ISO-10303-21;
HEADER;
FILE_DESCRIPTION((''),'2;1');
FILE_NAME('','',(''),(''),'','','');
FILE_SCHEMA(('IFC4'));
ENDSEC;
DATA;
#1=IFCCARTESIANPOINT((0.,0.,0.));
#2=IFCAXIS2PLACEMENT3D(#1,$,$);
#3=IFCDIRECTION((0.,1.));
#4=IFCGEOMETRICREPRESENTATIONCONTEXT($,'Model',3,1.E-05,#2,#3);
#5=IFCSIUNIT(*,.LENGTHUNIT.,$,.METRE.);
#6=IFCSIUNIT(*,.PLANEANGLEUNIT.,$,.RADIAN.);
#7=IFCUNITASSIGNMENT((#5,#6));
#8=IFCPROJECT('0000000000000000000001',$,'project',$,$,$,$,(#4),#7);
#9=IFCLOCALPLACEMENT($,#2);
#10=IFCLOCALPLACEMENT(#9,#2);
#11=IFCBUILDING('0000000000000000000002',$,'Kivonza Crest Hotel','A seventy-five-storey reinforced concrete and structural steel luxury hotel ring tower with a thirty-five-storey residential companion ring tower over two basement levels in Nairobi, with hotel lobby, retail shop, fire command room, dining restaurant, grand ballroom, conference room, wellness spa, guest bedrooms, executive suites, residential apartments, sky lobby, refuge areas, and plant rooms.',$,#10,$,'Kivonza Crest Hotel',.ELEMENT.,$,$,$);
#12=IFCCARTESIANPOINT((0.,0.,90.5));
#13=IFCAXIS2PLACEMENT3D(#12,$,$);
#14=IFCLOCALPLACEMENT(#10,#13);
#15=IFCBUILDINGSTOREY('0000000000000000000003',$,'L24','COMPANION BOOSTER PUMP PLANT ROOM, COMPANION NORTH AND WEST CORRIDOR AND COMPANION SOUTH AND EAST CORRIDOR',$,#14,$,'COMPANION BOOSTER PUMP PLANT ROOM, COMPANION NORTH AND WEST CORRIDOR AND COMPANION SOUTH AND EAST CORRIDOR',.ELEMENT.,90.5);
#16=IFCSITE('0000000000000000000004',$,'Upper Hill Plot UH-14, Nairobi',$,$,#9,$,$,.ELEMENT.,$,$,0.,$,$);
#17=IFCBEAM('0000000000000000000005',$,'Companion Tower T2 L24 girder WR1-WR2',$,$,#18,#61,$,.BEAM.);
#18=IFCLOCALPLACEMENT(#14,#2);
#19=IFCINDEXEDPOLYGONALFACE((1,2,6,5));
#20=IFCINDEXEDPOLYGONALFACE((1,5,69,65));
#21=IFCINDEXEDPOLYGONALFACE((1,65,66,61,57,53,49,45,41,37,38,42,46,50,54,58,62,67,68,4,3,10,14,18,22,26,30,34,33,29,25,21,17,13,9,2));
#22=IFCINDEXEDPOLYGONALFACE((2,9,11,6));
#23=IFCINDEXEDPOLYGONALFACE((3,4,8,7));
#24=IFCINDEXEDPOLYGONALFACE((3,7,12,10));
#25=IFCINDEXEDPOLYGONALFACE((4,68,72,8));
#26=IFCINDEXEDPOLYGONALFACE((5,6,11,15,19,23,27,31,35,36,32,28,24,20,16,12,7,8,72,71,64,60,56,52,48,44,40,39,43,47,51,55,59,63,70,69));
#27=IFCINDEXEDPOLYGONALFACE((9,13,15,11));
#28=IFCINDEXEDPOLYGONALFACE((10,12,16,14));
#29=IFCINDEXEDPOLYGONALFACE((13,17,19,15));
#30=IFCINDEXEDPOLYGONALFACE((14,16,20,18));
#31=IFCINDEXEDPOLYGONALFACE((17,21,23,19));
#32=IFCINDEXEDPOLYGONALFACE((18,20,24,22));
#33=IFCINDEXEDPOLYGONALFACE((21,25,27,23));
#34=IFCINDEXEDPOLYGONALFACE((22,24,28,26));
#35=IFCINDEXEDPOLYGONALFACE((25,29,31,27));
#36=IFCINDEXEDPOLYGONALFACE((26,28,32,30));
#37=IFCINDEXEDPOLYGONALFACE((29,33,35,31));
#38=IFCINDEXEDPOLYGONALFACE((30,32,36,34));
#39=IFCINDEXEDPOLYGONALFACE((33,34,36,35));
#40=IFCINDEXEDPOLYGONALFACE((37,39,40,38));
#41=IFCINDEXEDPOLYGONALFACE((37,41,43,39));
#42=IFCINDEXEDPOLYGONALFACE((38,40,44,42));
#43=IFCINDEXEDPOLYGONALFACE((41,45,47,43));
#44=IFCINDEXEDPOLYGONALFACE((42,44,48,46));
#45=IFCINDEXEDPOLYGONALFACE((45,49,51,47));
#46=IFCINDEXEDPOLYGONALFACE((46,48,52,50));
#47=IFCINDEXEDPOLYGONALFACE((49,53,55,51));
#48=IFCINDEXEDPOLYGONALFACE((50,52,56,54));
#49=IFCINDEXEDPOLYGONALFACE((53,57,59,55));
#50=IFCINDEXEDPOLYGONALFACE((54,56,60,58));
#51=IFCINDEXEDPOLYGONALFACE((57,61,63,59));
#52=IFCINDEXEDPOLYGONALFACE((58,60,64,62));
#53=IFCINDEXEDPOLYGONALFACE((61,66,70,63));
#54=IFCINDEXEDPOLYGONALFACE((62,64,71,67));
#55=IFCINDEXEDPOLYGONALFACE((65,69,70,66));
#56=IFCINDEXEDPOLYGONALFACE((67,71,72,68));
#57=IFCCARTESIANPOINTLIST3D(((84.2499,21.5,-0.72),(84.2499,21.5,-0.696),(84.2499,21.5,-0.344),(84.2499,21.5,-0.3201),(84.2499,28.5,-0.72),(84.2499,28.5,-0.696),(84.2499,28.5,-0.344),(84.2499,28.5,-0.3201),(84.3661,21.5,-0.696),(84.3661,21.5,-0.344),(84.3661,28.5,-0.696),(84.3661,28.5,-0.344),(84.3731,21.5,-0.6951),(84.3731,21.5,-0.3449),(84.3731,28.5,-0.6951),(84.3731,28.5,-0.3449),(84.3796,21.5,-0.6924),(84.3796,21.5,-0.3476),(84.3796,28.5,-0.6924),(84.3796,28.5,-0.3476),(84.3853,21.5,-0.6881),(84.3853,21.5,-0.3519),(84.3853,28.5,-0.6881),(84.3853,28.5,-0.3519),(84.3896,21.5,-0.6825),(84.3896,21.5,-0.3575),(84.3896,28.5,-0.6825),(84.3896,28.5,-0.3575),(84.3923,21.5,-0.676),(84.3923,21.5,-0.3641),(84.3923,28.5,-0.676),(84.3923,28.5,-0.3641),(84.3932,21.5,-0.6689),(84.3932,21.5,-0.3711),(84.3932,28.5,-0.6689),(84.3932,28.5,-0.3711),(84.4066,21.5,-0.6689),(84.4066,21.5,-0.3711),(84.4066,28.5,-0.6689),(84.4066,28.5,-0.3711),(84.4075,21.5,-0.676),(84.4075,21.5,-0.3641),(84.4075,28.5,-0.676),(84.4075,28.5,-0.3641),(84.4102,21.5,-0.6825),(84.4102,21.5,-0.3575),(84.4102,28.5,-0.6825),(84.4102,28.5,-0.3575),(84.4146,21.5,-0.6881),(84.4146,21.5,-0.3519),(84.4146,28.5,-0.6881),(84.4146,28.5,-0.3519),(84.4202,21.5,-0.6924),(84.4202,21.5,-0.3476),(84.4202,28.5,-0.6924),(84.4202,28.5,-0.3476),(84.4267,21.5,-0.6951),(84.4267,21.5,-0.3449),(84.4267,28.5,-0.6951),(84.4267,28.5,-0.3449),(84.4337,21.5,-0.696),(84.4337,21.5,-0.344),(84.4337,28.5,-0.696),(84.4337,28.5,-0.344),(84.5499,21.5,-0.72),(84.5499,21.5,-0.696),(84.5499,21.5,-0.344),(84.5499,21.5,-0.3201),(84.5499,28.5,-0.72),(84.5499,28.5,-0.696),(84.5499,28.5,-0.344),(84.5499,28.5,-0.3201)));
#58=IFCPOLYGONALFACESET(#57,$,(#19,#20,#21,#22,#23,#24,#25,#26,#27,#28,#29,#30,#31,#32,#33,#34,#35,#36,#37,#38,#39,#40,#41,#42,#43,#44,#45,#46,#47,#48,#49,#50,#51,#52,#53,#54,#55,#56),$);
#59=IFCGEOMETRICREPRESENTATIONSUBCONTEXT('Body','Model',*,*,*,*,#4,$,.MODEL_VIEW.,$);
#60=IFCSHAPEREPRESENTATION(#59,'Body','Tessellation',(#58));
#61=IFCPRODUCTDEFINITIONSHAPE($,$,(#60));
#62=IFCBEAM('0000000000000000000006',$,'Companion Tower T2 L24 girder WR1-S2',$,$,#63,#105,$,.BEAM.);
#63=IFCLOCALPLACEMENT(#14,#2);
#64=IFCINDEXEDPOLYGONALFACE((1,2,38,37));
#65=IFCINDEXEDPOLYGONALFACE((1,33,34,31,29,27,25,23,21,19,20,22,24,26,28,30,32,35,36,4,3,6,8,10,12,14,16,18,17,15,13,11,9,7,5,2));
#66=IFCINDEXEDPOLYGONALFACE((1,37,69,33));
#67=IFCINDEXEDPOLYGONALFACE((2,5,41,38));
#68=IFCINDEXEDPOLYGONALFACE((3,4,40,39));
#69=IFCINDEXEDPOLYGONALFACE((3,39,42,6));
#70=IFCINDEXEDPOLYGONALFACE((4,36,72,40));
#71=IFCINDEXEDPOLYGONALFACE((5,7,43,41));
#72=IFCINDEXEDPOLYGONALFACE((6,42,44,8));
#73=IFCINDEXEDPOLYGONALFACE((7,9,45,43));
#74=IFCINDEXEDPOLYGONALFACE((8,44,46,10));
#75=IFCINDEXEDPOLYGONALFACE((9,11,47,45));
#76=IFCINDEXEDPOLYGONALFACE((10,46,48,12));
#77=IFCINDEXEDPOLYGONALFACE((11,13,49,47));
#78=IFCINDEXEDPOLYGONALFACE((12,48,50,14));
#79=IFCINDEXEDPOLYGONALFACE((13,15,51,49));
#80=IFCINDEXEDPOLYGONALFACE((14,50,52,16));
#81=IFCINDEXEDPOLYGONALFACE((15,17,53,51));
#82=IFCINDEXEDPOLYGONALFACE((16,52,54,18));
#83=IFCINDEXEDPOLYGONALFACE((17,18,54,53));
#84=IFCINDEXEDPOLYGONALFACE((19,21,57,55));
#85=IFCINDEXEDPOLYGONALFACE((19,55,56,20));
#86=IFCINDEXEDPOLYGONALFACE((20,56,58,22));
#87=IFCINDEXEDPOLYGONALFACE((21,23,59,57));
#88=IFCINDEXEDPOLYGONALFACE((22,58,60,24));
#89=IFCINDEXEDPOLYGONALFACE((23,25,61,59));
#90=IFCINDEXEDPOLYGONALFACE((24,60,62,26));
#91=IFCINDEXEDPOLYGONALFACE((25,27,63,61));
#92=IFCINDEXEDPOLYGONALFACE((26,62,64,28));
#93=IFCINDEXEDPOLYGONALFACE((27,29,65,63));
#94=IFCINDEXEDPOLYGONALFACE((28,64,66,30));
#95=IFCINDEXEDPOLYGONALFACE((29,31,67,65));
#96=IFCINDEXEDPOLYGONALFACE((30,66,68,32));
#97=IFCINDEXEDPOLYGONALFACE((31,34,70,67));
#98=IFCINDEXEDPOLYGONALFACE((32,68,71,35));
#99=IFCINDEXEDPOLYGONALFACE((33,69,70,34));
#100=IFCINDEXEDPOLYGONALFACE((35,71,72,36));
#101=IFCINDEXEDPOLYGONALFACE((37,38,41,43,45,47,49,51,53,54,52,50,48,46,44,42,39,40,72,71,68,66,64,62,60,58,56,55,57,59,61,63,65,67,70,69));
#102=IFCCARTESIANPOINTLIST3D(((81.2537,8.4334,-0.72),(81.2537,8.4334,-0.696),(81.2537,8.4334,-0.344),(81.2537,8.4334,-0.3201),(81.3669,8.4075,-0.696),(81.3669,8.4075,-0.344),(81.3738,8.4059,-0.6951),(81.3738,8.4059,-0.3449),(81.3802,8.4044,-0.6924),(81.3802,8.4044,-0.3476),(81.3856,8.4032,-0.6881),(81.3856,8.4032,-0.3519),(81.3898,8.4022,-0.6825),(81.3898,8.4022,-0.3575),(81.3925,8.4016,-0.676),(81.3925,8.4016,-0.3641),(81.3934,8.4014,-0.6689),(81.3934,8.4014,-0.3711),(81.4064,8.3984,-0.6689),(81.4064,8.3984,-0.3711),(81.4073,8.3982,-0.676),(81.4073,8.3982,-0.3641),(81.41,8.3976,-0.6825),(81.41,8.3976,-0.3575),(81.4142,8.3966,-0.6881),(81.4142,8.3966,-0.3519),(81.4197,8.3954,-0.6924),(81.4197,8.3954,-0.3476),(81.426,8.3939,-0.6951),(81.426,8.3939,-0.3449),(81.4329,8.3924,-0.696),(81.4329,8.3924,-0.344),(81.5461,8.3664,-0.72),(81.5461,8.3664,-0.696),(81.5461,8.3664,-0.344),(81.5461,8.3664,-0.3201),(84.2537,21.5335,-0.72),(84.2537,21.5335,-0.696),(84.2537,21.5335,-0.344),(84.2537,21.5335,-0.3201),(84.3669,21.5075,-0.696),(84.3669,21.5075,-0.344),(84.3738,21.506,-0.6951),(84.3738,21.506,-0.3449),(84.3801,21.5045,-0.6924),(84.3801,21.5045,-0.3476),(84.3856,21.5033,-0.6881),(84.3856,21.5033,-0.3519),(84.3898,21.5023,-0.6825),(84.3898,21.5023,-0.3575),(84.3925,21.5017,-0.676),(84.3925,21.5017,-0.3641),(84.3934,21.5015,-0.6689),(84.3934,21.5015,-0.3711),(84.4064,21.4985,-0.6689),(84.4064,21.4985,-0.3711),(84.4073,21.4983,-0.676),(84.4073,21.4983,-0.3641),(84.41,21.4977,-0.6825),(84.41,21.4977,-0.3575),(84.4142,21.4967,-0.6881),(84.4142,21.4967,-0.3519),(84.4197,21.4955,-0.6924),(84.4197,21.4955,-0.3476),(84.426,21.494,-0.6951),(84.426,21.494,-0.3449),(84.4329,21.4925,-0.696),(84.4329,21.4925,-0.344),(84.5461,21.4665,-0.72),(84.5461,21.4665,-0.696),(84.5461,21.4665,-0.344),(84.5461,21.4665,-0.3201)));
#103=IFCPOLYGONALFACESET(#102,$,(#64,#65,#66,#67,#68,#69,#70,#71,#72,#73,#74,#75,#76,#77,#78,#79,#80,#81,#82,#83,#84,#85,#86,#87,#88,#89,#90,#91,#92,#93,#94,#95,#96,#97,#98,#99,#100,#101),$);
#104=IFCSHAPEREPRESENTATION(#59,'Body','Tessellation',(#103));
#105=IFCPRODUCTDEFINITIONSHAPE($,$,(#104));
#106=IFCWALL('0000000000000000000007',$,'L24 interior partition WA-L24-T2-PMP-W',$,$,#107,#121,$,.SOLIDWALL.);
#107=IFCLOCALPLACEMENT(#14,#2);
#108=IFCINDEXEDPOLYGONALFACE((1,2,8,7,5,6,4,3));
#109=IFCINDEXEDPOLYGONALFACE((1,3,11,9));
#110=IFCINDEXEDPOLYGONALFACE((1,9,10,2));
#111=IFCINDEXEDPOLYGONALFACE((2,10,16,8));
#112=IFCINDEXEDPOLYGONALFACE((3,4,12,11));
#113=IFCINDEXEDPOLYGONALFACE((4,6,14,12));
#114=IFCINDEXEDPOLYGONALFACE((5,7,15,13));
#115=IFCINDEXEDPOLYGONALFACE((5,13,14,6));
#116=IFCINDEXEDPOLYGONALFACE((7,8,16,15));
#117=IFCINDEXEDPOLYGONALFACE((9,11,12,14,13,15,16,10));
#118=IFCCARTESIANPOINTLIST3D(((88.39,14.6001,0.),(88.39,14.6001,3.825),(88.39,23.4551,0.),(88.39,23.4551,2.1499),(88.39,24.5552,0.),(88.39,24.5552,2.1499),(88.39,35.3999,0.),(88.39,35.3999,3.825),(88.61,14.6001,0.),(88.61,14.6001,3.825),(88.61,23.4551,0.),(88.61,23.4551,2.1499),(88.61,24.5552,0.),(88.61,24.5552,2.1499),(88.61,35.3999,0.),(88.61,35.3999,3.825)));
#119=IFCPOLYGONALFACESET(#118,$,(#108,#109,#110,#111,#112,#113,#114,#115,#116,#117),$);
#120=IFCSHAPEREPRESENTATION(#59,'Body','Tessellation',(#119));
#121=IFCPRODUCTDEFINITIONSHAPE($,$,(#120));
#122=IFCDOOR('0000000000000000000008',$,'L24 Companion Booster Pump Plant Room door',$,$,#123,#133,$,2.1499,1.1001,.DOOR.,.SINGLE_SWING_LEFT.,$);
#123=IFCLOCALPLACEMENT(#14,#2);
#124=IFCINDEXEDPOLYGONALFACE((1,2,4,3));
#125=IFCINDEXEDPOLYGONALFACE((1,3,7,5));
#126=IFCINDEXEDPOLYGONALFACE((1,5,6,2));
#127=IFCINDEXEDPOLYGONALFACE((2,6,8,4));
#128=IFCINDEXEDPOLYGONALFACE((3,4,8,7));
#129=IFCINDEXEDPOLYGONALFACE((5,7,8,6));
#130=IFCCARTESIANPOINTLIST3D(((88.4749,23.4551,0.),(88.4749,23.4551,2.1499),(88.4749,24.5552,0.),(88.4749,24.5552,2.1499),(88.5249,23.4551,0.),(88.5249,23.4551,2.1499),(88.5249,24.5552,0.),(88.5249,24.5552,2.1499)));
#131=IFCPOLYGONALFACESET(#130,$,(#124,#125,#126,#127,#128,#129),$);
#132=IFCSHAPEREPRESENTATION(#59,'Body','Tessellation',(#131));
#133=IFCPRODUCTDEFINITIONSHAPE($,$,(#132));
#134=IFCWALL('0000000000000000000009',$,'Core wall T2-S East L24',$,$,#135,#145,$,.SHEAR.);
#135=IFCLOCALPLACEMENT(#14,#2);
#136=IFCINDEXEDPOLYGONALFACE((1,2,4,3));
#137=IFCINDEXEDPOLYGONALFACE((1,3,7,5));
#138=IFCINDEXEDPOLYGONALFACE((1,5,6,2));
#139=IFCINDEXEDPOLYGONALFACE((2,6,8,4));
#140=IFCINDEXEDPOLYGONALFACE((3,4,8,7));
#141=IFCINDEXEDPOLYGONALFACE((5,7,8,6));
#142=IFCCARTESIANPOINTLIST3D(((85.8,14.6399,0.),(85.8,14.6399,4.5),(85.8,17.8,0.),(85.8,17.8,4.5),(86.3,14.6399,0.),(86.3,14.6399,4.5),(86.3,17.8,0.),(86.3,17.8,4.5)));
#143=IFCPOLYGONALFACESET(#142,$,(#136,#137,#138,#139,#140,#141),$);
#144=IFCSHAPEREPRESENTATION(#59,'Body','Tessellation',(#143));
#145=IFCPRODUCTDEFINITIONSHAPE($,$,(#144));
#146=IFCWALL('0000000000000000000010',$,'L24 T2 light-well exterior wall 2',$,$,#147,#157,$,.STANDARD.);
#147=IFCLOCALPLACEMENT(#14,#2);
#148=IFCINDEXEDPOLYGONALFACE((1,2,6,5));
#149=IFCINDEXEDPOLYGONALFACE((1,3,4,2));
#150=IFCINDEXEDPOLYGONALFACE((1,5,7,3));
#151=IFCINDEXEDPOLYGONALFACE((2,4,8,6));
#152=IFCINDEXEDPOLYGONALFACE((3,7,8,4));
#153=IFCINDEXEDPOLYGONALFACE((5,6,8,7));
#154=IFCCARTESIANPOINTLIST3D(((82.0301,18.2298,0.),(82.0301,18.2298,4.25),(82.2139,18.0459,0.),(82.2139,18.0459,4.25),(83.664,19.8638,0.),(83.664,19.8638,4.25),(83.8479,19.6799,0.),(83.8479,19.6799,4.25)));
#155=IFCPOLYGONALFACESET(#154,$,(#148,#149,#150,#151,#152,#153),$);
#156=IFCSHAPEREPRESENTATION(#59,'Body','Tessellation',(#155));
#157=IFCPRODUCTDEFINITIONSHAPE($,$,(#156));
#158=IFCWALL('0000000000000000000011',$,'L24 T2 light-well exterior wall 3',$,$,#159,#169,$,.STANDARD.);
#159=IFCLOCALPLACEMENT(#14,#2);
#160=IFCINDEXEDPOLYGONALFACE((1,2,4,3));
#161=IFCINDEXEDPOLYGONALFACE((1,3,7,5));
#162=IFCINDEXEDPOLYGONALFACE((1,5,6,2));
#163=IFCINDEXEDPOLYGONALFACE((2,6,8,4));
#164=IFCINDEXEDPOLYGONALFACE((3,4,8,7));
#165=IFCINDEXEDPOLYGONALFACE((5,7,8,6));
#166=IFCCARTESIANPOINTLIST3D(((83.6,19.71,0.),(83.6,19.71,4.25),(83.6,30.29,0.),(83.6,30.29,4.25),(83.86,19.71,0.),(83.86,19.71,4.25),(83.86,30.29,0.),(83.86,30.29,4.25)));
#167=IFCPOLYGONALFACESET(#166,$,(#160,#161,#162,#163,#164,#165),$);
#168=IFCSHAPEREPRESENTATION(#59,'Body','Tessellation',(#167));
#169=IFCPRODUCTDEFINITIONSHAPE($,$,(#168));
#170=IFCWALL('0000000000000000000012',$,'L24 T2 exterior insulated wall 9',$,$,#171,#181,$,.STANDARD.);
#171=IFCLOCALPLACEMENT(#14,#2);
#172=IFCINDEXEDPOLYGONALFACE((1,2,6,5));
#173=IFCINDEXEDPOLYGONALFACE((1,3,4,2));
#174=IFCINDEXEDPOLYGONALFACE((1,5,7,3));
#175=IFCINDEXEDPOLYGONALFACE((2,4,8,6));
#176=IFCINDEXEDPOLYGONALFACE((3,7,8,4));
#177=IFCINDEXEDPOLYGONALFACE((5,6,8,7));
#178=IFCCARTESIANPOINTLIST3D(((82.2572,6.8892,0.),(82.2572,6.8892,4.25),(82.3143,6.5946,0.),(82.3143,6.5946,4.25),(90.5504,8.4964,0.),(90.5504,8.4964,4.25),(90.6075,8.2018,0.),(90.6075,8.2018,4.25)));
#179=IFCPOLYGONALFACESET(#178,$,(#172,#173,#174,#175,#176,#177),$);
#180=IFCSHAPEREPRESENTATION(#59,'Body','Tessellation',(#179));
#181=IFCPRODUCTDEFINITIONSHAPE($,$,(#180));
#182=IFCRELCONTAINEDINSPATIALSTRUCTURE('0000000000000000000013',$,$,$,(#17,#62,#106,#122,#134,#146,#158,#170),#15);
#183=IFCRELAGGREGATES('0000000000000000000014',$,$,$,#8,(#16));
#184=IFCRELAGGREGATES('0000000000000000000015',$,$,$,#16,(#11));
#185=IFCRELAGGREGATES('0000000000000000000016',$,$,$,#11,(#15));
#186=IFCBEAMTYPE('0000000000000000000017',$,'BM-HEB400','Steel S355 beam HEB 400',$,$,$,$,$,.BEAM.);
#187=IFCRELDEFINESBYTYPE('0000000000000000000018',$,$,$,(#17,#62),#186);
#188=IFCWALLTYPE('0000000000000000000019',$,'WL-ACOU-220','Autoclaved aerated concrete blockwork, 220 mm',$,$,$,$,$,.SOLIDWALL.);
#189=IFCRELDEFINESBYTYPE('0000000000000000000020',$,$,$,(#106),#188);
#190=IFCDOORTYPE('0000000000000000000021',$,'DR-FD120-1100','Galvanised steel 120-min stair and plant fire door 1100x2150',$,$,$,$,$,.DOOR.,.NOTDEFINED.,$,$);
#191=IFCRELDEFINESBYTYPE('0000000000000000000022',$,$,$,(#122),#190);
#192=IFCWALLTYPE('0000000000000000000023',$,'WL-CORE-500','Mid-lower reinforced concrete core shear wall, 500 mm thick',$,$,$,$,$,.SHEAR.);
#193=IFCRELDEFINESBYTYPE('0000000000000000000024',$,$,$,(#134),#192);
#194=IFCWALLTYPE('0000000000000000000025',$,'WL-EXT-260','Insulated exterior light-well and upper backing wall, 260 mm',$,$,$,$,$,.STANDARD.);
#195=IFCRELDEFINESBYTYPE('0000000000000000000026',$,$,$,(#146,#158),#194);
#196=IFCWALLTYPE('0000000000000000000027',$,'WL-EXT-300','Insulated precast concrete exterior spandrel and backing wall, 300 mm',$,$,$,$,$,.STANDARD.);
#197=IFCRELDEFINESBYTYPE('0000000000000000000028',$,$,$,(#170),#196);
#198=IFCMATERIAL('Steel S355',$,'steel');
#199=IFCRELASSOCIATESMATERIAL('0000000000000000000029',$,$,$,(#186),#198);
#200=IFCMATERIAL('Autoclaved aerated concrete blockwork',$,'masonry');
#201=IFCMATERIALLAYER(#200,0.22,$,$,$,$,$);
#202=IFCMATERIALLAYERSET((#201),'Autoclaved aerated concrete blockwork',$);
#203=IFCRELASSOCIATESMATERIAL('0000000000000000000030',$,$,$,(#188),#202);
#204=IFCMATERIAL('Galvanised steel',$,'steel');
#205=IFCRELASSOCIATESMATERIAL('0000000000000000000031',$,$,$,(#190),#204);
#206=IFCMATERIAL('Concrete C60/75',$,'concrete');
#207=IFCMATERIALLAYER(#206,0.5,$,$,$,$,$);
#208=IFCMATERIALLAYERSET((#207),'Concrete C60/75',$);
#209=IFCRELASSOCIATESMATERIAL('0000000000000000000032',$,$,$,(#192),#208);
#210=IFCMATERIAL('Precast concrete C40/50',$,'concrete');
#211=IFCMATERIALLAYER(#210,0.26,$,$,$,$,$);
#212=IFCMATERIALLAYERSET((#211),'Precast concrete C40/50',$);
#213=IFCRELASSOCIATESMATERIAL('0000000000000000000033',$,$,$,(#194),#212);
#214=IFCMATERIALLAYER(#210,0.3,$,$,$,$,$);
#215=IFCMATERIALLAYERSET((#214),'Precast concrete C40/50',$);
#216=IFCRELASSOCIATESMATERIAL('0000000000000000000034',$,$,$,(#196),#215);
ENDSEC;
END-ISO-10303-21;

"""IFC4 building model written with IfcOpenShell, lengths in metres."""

from ifc_helpers import new_model, si_unit, direction, frame, frame_2d, origin, origin_2d, place, context, subcontext, project, spatial, rectangle, i_section, extrude, material, layer, layer_set, material_profile, profile_set, type_object, element, fill, save


model = new_model("IFC4")

# Units and contexts
model_context = context("Model", 3, precision=1e-05, world=origin(), true_north=direction((0.0, 1.0)))
body_context = subcontext(model_context, "Body", "Model", "MODEL_VIEW")
ifc_project = project(units=[si_unit("LENGTHUNIT", "METRE"), si_unit("PLANEANGLEUNIT", "RADIAN")], contexts=[model_context])

# Site, building, storey
site_placement = place(None, origin())
site = spatial("IfcSite", under=ifc_project, at=site_placement, Name="Upper Hill Plot UH-14, Nairobi", CompositionType="ELEMENT", RefElevation=0.0)
building_placement = place(site_placement, origin())
building = spatial("IfcBuilding", under=site, at=building_placement, Name="Kivonza Crest Hotel", Description="A seventy-five-storey reinforced concrete and structural steel luxury hotel ring tower with a thirty-five-storey residential companion ring tower over two basement levels in Nairobi, with hotel lobby, retail shop, fire command room, dining restaurant, grand ballroom, conference room, wellness spa, guest bedrooms, executive suites, residential apartments, sky lobby, refuge areas, and plant rooms.", LongName="Kivonza Crest Hotel", CompositionType="ELEMENT")
storey_placement = place(building_placement, frame((0.0, 0.0, 90.5)))
storey = spatial("IfcBuildingStorey", under=building, at=storey_placement, Name="L24", Description="COMPANION BOOSTER PUMP PLANT ROOM, COMPANION NORTH AND WEST CORRIDOR AND COMPANION SOUTH AND EAST CORRIDOR", LongName="COMPANION BOOSTER PUMP PLANT ROOM, COMPANION NORTH AND WEST CORRIDOR AND COMPANION SOUTH AND EAST CORRIDOR", CompositionType="ELEMENT", Elevation=90.5)

# Shared definitions
ifc_material_1 = material(Name="Steel S355", Category="steel")

# Beams
ifc_material_profile_1 = material_profile(ifc_material_1, i_section(OverallWidth=0.3, OverallDepth=0.3999, WebThickness=0.0134, FlangeThickness=0.0239, FilletRadius=0.0271, at=origin_2d()), Name="HEB 400")
ifc_profile_set_1 = profile_set([ifc_material_profile_1], Name="Steel S355")
beam_type_1 = type_object("IfcBeamType", Name="BM-HEB400", Description="Steel S355 beam HEB 400", PredefinedType="BEAM", material=ifc_profile_set_1)
beam_1_placement = place(storey_placement, frame((84.3999, 21.5, -0.52), z_axis=(0.0, 1.0, 0.0), x_axis=(-1.0, 0.0, 0.0)))
element("IfcBeam", 1, at=beam_1_placement, inside=storey, type_object=beam_type_1, Name="Companion Tower T2 L24 girder WR1-WR2", PredefinedType="BEAM", context=body_context, shape_type="SweptSolid", body=[
    extrude(i_section(OverallWidth=0.3, OverallDepth=0.3999, WebThickness=0.0134, FlangeThickness=0.0239, FilletRadius=0.0271, at=origin_2d()), origin(), (0.0, 0.0, 1.0), 7.0),
])
beam_2_placement = place(storey_placement, frame((84.3999, 21.5, -0.52), z_axis=(-0.223227, -0.974766, 0.0), x_axis=(0.974766, -0.223227, 0.0)))
element("IfcBeam", 2, at=beam_2_placement, inside=storey, type_object=beam_type_1, Name="Companion Tower T2 L24 girder WR1-S2", PredefinedType="BEAM", context=body_context, shape_type="SweptSolid", body=[
    extrude(i_section(OverallWidth=0.3, OverallDepth=0.3999, WebThickness=0.0134, FlangeThickness=0.0239, FilletRadius=0.0271, at=origin_2d()), origin(), (0.0, 0.0, 1.0), 13.4392),
])

# Wall, opening, door
ifc_material_2 = material(Name="Autoclaved aerated concrete blockwork", Category="masonry")
ifc_layer_1 = layer(ifc_material_2, 0.22)
ifc_layer_set_1 = layer_set([ifc_layer_1], Name="Autoclaved aerated concrete blockwork")
wall_type_1 = type_object("IfcWallType", Name="WL-ACOU-220", Description="Autoclaved aerated concrete blockwork, 220 mm", PredefinedType="SOLIDWALL", material=ifc_layer_set_1)
wall_1_placement = place(storey_placement, frame((88.5, 14.6001, 0.0), z_axis=(0.0, 0.0, 1.0), x_axis=(0.0, 1.0, 0.0)))
wall_1 = element("IfcWall", 3, at=wall_1_placement, inside=storey, type_object=wall_type_1, Name="L24 interior partition WA-L24-T2-PMP-W", PredefinedType="SOLIDWALL", context=body_context, shape_type="SweptSolid", body=[
    extrude(rectangle(XDim=20.7998, YDim=0.22, at=frame_2d((10.3999, 0.0))), origin(), (0.0, 0.0, 1.0), 3.825),
])
opening_placement = place(wall_1_placement, frame((8.855, 0.0, 0.0)))
opening = element("IfcOpeningElement", 4, at=opening_placement, cuts=wall_1, PredefinedType="OPENING", context=body_context, shape_type="SweptSolid", body=[
    extrude(rectangle(XDim=1.1001, YDim=2.1499, at=frame_2d((0.55, 1.075))), frame((0.0, 0.1201, 0.0), z_axis=(0.0, -1.0, 0.0), x_axis=(1.0, 0.0, 0.0)), (0.0, 0.0, 1.0), 0.24),
])
ifc_material_3 = material(Name="Galvanised steel", Category="steel")
door_type = type_object("IfcDoorType", Name="DR-FD120-1100", Description="Galvanised steel 120-min stair and plant fire door 1100x2150", OperationType="NOTDEFINED", PredefinedType="DOOR", material=ifc_material_3)
door_placement = place(opening_placement, frame((1.1001, 0.0, 0.0), z_axis=(0.0, 0.0, 1.0), x_axis=(-1.0, 0.0, 0.0)))
door = element("IfcDoor", 5, at=door_placement, inside=storey, type_object=door_type, Name="L24 Companion Booster Pump Plant Room door", OperationType="SINGLE_SWING_LEFT", OverallHeight=2.1499, OverallWidth=1.1001, PredefinedType="DOOR", context=body_context, shape_type="SweptSolid", body=[
    extrude(rectangle(XDim=1.1001, YDim=2.1499, at=frame_2d((0.55, 1.075))), frame((0.0, 0.0249, 0.0), z_axis=(0.0, -1.0, 0.0), x_axis=(1.0, 0.0, 0.0)), (0.0, 0.0, 1.0), 0.05),
])
fill(opening, door)

# Walls
ifc_material_4 = material(Name="Concrete C60/75", Category="concrete")
ifc_layer_2 = layer(ifc_material_4, 0.5)
ifc_layer_set_2 = layer_set([ifc_layer_2], Name="Concrete C60/75")
wall_type_2 = type_object("IfcWallType", Name="WL-CORE-500", Description="Mid-lower reinforced concrete core shear wall, 500 mm thick", PredefinedType="SHEAR", material=ifc_layer_set_2)
wall_2_placement = place(storey_placement, frame((86.05, 14.6399, 0.0), z_axis=(0.0, 0.0, 1.0), x_axis=(0.0, 1.0, 0.0)))
element("IfcWall", 6, at=wall_2_placement, inside=storey, type_object=wall_type_2, Name="Core wall T2-S East L24", PredefinedType="SHEAR", context=body_context, shape_type="SweptSolid", body=[
    extrude(rectangle(XDim=3.1602, YDim=0.5, at=frame_2d((1.5801, 0.0))), origin(), (0.0, 0.0, 1.0), 4.5),
])
ifc_material_5 = material(Name="Precast concrete C40/50", Category="concrete")
ifc_layer_3 = layer(ifc_material_5, 0.26)
ifc_layer_set_3 = layer_set([ifc_layer_3], Name="Precast concrete C40/50")
wall_type_3 = type_object("IfcWallType", Name="WL-EXT-260", Description="Insulated exterior light-well and upper backing wall, 260 mm", PredefinedType="STANDARD", material=ifc_layer_set_3)
wall_3_placement = place(storey_placement, frame((82.1221, 18.1379, 0.0), z_axis=(0.0, 0.0, 1.0), x_axis=(0.707107, 0.707107, 0.0)))
element("IfcWall", 7, at=wall_3_placement, inside=storey, type_object=wall_type_3, Name="L24 T2 light-well exterior wall 2", PredefinedType="STANDARD", context=body_context, shape_type="SweptSolid", body=[
    extrude(rectangle(XDim=2.3108, YDim=0.26, at=frame_2d((1.1553, 0.0))), origin(), (0.0, 0.0, 1.0), 4.25),
])
wall_4_placement = place(storey_placement, frame((83.73, 19.71, 0.0), z_axis=(0.0, 0.0, 1.0), x_axis=(0.0, 1.0, 0.0)))
element("IfcWall", 8, at=wall_4_placement, inside=storey, type_object=wall_type_3, Name="L24 T2 light-well exterior wall 3", PredefinedType="STANDARD", context=body_context, shape_type="SweptSolid", body=[
    extrude(rectangle(XDim=10.5801, YDim=0.26, at=frame_2d((5.29, 0.0))), origin(), (0.0, 0.0, 1.0), 4.25),
])
ifc_layer_4 = layer(ifc_material_5, 0.3)
ifc_layer_set_4 = layer_set([ifc_layer_4], Name="Precast concrete C40/50")
wall_type_4 = type_object("IfcWallType", Name="WL-EXT-300", Description="Insulated precast concrete exterior spandrel and backing wall, 300 mm", PredefinedType="STANDARD", material=ifc_layer_set_4)
wall_5_placement = place(storey_placement, frame((82.2859, 6.7419, 0.0), z_axis=(0.0, 0.0, 1.0), x_axis=(0.981735, 0.190255, 0.0)))
element("IfcWall", 9, at=wall_5_placement, inside=storey, type_object=wall_type_4, Name="L24 T2 exterior insulated wall 9", PredefinedType="STANDARD", context=body_context, shape_type="SweptSolid", body=[
    extrude(rectangle(XDim=8.4475, YDim=0.3, at=frame_2d((4.2236, 0.0))), origin(), (0.0, 0.0, 1.0), 4.25),
])

save(model, "model.ifc")
